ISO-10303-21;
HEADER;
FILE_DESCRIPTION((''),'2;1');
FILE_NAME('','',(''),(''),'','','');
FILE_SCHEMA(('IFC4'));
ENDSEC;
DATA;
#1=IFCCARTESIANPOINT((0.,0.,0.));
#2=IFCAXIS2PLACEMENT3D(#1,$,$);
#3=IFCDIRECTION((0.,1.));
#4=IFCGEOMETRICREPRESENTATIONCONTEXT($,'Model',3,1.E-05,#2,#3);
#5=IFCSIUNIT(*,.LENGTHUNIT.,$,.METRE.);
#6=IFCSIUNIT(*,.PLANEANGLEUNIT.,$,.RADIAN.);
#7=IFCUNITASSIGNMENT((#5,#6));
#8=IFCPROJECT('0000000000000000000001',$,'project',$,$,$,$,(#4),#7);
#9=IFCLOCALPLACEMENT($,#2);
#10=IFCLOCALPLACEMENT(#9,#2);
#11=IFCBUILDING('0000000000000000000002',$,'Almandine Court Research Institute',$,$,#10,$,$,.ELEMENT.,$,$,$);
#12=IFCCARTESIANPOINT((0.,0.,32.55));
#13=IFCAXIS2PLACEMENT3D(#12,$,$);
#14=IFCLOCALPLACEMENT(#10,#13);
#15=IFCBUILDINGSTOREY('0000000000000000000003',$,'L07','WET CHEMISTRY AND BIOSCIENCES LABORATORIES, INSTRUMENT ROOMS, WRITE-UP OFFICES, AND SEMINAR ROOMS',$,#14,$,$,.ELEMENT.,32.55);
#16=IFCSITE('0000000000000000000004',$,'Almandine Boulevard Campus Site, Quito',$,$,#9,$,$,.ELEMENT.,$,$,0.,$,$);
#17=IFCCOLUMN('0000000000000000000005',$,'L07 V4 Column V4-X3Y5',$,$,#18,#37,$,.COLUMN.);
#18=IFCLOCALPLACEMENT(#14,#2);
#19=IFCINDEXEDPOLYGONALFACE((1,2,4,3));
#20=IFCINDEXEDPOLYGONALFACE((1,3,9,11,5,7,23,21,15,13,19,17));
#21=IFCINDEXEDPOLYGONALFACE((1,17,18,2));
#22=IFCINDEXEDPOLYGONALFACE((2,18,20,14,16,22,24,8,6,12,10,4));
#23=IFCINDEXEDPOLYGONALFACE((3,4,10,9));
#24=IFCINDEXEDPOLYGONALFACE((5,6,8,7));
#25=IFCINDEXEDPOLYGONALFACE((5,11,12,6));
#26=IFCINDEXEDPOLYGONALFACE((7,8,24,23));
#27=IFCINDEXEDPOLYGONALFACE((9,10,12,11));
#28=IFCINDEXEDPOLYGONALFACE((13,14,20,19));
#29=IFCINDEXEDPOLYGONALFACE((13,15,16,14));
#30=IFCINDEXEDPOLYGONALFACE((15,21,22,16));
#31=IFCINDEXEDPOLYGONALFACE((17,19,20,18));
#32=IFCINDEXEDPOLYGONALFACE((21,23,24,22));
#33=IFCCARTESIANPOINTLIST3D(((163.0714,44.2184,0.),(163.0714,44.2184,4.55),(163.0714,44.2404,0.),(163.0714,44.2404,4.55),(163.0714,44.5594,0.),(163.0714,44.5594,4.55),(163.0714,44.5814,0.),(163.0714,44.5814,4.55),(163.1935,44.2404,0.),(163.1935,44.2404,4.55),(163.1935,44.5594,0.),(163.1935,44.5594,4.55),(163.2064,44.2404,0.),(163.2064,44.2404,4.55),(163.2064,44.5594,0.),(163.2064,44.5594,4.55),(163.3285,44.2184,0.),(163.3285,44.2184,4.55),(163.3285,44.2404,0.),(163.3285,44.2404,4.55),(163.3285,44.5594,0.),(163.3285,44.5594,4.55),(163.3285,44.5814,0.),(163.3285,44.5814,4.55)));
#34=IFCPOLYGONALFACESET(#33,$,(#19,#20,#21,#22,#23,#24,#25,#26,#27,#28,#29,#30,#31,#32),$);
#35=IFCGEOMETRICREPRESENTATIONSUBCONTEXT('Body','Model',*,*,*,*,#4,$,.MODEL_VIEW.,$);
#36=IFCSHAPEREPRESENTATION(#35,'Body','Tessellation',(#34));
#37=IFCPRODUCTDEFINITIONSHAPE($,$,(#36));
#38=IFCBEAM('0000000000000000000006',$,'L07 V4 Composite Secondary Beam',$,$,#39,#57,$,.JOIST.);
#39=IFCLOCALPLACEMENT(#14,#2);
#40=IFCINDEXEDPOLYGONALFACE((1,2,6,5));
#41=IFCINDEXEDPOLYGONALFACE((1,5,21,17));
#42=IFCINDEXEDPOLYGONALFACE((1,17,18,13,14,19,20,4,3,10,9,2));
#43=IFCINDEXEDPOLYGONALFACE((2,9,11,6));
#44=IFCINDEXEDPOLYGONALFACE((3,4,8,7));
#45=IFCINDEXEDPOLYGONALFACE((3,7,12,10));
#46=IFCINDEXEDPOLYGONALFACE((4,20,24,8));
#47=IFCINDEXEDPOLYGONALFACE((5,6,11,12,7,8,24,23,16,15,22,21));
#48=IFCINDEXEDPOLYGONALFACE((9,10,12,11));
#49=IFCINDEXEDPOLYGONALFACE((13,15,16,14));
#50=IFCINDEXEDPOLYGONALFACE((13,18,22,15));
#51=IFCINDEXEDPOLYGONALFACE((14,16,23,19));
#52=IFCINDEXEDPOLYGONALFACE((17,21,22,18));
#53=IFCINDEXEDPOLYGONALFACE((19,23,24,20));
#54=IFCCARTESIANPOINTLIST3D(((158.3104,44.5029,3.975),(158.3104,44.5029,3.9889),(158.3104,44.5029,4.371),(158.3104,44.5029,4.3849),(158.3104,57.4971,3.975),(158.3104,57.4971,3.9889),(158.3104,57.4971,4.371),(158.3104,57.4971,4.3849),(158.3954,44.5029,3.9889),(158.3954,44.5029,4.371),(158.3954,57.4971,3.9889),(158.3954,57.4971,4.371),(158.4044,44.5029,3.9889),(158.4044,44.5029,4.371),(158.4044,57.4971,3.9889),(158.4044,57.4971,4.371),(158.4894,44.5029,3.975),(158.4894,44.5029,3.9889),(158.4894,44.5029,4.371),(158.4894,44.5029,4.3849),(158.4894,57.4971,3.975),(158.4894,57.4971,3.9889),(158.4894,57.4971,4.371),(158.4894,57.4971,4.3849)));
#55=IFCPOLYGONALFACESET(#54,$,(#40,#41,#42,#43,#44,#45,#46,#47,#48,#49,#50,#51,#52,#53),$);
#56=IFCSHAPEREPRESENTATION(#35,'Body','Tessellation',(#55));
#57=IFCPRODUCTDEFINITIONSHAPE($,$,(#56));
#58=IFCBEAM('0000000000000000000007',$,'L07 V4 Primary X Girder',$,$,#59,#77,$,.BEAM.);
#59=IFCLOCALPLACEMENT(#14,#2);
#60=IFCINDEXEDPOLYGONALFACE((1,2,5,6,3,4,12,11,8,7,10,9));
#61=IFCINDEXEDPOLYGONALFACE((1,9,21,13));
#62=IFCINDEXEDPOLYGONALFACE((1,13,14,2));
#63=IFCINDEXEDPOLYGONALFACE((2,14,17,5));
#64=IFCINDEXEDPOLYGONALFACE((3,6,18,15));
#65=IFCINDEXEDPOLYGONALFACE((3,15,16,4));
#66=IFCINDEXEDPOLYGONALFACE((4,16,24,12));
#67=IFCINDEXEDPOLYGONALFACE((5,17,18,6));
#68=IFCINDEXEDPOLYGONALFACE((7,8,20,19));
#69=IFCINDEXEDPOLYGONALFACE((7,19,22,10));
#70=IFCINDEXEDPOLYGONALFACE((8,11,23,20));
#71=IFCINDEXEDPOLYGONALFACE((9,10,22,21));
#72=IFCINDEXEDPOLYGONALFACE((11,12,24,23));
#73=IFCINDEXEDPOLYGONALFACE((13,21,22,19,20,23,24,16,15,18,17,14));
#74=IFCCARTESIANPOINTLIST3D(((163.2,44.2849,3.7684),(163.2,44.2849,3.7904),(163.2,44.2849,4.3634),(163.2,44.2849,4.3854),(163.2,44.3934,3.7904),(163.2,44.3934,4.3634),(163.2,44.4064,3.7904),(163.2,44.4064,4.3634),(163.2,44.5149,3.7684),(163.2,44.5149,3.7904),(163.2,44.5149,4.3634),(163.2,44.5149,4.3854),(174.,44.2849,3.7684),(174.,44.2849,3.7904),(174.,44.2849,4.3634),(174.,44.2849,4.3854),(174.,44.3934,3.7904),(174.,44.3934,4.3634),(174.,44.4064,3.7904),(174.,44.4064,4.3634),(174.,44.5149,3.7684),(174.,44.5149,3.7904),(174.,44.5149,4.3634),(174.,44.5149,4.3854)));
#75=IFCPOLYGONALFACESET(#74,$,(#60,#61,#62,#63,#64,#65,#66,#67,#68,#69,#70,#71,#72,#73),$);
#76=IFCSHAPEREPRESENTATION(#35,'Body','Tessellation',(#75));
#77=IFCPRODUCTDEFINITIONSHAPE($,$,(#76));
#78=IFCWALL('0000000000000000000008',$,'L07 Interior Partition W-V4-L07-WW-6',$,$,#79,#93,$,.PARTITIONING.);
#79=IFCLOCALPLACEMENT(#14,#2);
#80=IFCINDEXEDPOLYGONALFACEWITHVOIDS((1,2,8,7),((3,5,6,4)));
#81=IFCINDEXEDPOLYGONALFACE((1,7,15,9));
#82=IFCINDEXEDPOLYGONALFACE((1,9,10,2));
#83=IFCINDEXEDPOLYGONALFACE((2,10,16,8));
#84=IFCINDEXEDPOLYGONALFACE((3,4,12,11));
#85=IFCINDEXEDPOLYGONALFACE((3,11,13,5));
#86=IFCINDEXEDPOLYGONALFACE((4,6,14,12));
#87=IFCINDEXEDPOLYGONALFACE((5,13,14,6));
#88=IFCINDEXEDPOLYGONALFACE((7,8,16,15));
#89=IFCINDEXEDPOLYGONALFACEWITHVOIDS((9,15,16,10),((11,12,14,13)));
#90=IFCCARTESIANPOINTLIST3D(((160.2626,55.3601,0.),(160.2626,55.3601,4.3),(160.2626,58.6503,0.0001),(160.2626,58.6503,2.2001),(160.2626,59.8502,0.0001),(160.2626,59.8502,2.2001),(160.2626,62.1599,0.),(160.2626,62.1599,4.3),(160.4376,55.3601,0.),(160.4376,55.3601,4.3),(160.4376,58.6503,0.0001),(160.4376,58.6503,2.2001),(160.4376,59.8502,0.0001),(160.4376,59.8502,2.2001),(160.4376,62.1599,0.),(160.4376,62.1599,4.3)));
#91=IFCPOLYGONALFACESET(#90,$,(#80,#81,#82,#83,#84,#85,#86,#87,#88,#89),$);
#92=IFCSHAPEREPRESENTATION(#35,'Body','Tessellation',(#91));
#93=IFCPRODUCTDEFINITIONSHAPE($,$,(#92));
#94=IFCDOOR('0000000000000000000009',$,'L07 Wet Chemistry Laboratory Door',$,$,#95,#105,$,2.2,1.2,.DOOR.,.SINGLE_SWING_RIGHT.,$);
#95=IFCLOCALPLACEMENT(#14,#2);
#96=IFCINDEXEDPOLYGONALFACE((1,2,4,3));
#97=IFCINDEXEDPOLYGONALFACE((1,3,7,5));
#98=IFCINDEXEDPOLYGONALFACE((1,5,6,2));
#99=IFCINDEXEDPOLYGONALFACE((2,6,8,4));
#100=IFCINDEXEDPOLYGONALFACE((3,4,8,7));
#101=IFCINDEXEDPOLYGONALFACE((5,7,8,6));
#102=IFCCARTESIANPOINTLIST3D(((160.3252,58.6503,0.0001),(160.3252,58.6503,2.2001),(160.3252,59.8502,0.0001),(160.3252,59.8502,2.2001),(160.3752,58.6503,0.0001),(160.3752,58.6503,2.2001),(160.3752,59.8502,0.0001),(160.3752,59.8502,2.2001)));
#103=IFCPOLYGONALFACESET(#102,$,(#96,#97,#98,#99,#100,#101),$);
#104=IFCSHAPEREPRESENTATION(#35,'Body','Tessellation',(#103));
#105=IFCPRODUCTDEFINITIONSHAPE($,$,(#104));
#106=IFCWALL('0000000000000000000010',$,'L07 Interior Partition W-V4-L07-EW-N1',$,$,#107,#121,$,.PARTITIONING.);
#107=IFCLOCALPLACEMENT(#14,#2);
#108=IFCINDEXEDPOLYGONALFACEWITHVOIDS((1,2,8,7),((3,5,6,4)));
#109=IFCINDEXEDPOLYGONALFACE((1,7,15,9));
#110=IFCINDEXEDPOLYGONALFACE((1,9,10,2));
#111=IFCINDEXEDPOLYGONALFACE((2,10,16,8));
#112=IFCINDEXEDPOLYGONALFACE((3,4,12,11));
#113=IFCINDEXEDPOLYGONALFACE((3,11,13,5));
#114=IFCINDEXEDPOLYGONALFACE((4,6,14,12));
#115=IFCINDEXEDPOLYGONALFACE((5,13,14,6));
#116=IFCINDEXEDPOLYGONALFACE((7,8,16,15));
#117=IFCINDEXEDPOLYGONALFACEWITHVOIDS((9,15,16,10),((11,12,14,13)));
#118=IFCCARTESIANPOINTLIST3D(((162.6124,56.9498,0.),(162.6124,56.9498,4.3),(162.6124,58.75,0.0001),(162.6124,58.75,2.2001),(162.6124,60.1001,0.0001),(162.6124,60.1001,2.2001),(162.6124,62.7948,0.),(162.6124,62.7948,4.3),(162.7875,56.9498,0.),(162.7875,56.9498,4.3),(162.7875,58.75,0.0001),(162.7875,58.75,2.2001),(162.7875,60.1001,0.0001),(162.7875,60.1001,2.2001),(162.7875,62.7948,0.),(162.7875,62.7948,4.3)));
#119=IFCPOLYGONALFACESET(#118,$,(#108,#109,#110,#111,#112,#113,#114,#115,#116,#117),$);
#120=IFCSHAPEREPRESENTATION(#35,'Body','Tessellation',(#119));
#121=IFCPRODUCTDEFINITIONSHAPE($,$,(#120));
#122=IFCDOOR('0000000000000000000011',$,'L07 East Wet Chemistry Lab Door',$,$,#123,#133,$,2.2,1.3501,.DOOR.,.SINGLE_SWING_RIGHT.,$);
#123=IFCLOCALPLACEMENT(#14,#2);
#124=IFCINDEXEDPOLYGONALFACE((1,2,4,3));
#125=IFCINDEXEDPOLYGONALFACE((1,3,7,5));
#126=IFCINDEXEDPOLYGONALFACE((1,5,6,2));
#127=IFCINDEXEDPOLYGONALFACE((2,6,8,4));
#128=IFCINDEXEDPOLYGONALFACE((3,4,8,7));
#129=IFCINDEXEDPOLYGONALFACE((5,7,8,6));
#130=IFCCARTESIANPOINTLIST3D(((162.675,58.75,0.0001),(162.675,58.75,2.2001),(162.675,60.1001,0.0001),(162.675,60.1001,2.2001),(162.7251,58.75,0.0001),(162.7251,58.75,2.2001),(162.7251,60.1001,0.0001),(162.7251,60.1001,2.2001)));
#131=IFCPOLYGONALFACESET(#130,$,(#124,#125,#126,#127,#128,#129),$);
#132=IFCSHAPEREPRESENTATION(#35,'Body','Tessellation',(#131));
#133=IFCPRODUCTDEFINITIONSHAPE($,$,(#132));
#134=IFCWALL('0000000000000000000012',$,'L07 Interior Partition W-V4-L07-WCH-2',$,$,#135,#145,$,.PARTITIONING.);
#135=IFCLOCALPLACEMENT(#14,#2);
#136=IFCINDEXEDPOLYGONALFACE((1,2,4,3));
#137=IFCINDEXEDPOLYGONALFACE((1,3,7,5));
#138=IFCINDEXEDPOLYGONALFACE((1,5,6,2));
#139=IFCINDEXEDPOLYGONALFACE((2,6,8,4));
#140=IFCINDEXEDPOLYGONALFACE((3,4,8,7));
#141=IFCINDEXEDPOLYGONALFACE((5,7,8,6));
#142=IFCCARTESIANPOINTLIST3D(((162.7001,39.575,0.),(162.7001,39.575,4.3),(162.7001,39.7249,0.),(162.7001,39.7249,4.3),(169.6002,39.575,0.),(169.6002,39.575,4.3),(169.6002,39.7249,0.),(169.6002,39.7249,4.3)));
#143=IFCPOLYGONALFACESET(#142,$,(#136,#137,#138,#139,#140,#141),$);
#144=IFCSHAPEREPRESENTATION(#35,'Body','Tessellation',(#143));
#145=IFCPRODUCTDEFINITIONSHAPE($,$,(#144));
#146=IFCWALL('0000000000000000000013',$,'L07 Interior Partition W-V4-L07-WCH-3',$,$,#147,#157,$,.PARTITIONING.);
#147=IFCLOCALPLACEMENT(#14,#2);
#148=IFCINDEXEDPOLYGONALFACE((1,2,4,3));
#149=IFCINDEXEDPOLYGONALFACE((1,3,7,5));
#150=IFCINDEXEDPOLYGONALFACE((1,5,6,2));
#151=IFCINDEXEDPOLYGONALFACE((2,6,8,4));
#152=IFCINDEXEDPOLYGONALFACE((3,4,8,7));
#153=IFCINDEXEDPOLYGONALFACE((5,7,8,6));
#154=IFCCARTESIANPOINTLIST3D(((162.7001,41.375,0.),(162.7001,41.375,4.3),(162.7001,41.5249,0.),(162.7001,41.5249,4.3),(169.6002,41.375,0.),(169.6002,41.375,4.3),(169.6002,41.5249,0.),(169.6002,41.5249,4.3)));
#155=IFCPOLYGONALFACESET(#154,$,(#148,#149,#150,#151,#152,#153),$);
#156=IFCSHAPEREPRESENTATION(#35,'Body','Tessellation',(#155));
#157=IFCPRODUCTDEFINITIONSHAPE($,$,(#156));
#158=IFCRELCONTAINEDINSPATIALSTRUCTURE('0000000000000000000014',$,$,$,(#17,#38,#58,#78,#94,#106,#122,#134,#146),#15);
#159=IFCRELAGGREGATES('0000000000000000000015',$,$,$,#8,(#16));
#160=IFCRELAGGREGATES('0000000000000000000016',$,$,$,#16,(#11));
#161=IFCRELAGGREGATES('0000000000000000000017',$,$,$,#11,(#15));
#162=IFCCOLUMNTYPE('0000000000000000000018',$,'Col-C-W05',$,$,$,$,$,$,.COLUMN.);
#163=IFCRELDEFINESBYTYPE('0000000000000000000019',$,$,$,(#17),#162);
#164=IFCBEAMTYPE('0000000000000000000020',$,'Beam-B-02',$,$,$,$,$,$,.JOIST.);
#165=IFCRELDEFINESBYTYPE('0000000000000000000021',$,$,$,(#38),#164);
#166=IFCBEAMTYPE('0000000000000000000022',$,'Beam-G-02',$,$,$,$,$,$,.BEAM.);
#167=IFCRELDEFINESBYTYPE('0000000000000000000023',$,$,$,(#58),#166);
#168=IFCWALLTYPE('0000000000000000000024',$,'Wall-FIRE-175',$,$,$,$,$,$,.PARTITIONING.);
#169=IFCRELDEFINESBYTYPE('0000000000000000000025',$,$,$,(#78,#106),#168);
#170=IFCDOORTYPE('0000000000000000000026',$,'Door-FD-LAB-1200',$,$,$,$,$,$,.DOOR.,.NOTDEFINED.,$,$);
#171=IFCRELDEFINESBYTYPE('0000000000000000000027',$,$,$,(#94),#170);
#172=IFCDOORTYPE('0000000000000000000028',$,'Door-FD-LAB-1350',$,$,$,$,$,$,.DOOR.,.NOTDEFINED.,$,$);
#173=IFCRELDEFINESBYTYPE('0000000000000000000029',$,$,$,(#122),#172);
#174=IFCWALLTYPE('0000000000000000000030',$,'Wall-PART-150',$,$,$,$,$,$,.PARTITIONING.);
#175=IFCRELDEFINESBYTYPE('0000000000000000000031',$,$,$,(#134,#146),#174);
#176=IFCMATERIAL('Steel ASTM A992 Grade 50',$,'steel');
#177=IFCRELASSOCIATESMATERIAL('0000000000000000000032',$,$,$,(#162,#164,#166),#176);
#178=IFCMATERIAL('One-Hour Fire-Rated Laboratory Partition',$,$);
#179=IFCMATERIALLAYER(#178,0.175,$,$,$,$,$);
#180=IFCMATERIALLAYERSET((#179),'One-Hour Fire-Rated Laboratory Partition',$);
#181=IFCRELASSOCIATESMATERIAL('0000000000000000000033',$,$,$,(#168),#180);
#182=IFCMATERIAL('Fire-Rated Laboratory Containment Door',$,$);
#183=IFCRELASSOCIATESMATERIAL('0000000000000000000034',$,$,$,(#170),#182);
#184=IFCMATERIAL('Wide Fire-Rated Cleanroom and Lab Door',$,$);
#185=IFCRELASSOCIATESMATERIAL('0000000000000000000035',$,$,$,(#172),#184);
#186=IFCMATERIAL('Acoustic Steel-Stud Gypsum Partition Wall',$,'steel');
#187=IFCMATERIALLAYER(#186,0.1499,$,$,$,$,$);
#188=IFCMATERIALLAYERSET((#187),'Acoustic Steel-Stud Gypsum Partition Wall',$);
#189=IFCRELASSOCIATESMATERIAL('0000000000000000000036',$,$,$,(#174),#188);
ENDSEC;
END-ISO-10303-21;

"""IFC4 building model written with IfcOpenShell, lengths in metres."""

from ifc_helpers import new_model, si_unit, direction, frame, frame_2d, origin, origin_2d, place, context, subcontext, project, spatial, rectangle, i_section, extrude, material, layer, layer_set, material_profile, profile_set, type_object, element, fill, save


model = new_model("IFC4")

# Units and contexts
model_context = context("Model", 3, precision=1e-05, world=origin(), true_north=direction((0.0, 1.0)))
body_context = subcontext(model_context, "Body", "Model", "MODEL_VIEW")
ifc_project = project(units=[si_unit("LENGTHUNIT", "METRE"), si_unit("PLANEANGLEUNIT", "RADIAN")], contexts=[model_context])

# Site, building, storey
site_placement = place(None, origin())
site = spatial("IfcSite", under=ifc_project, at=site_placement, Name="Almandine Boulevard Campus Site, Quito", CompositionType="ELEMENT", RefElevation=0.0)
building_placement = place(site_placement, origin())
building = spatial("IfcBuilding", under=site, at=building_placement, Name="Almandine Court Research Institute", CompositionType="ELEMENT")
storey_placement = place(building_placement, frame((0.0, 0.0, 32.55)))
storey = spatial("IfcBuildingStorey", under=building, at=storey_placement, Name="L07", Description="WET CHEMISTRY AND BIOSCIENCES LABORATORIES, INSTRUMENT ROOMS, WRITE-UP OFFICES, AND SEMINAR ROOMS", CompositionType="ELEMENT", Elevation=32.55)

# Column
ifc_material_1 = material(Name="Steel ASTM A992 Grade 50", Category="steel")
ifc_material_profile_1 = material_profile(ifc_material_1, i_section(OverallWidth=0.2571, OverallDepth=0.363, WebThickness=0.0129, FlangeThickness=0.022, at=origin_2d()), Name="W360x122")
ifc_profile_set_1 = profile_set([ifc_material_profile_1], Name="Steel ASTM A992 Grade 50")
column_type = type_object("IfcColumnType", Name="Col-C-W05", PredefinedType="COLUMN", material=ifc_profile_set_1)
column_placement = place(storey_placement, frame((163.2, 44.3999, 0.0), z_axis=(0.0, 0.0, 1.0), x_axis=(1.0, 0.0, 0.0)))
element("IfcColumn", 1, at=column_placement, inside=storey, type_object=column_type, Name="L07 V4 Column V4-X3Y5", PredefinedType="COLUMN", context=body_context, shape_type="SweptSolid", body=[
    extrude(i_section(OverallWidth=0.2571, OverallDepth=0.363, WebThickness=0.0129, FlangeThickness=0.022, at=origin_2d()), origin(), (0.0, 0.0, 1.0), 4.55),
])

# Beams
ifc_material_profile_2 = material_profile(ifc_material_1, i_section(OverallWidth=0.179, OverallDepth=0.4099, WebThickness=0.009, FlangeThickness=0.0139, at=origin_2d()), Name="W410x67")
ifc_profile_set_2 = profile_set([ifc_material_profile_2], Name="Steel ASTM A992 Grade 50")
beam_type_1 = type_object("IfcBeamType", Name="Beam-B-02", PredefinedType="JOIST", material=ifc_profile_set_2)
beam_1_placement = place(storey_placement, frame((158.3999, 44.5029, 4.1799), z_axis=(0.0, 1.0, 0.0), x_axis=(-1.0, 0.0, 0.0)))
element("IfcBeam", 2, at=beam_1_placement, inside=storey, type_object=beam_type_1, Name="L07 V4 Composite Secondary Beam", PredefinedType="JOIST", context=body_context, shape_type="SweptSolid", body=[
    extrude(i_section(OverallWidth=0.179, OverallDepth=0.4099, WebThickness=0.009, FlangeThickness=0.0139, at=origin_2d()), origin(), (0.0, 0.0, 1.0), 12.9941),
])
ifc_material_profile_3 = material_profile(ifc_material_1, i_section(OverallWidth=0.23, OverallDepth=0.6169, WebThickness=0.0129, FlangeThickness=0.022, at=origin_2d()), Name="W610x140")
ifc_profile_set_3 = profile_set([ifc_material_profile_3], Name="Steel ASTM A992 Grade 50")
beam_type_2 = type_object("IfcBeamType", Name="Beam-G-02", PredefinedType="BEAM", material=ifc_profile_set_3)
beam_2_placement = place(storey_placement, frame((163.2, 44.3999, 4.0769), z_axis=(1.0, 0.0, 0.0), x_axis=(0.0, 1.0, 0.0)))
element("IfcBeam", 3, at=beam_2_placement, inside=storey, type_object=beam_type_2, Name="L07 V4 Primary X Girder", PredefinedType="BEAM", context=body_context, shape_type="SweptSolid", body=[
    extrude(i_section(OverallWidth=0.23, OverallDepth=0.6169, WebThickness=0.0129, FlangeThickness=0.022, at=origin_2d()), origin(), (0.0, 0.0, 1.0), 10.8),
])

# Walls, openings, doors
ifc_material_2 = material(Name="One-Hour Fire-Rated Laboratory Partition")
ifc_layer_1 = layer(ifc_material_2, 0.175)
ifc_layer_set_1 = layer_set([ifc_layer_1], Name="One-Hour Fire-Rated Laboratory Partition")
wall_type_1 = type_object("IfcWallType", Name="Wall-FIRE-175", PredefinedType="PARTITIONING", material=ifc_layer_set_1)
wall_1_placement = place(storey_placement, frame((160.3501, 55.3601, 0.0), z_axis=(0.0, 0.0, 1.0), x_axis=(0.0, 1.0, 0.0)))
wall_1 = element("IfcWall", 4, at=wall_1_placement, inside=storey, type_object=wall_type_1, Name="L07 Interior Partition W-V4-L07-WW-6", PredefinedType="PARTITIONING", context=body_context, shape_type="SweptSolid", body=[
    extrude(rectangle(XDim=6.7998, YDim=0.175, at=frame_2d((3.3999, 0.0))), origin(), (0.0, 0.0, 1.0), 4.3),
])
opening_1_placement = place(wall_1_placement, frame((3.29, 0.0, 0.0)))
opening_1 = element("IfcOpeningElement", 5, at=opening_1_placement, cuts=wall_1, PredefinedType="OPENING", context=body_context, shape_type="SweptSolid", body=[
    extrude(rectangle(XDim=1.2, YDim=2.2, at=frame_2d((0.6001, 1.1001))), frame((0.0, 0.0974, 0.0), z_axis=(0.0, -1.0, 0.0), x_axis=(1.0, 0.0, 0.0)), (0.0, 0.0, 1.0), 0.1951),
])
ifc_material_3 = material(Name="Fire-Rated Laboratory Containment Door")
door_type_1 = type_object("IfcDoorType", Name="Door-FD-LAB-1200", OperationType="NOTDEFINED", PredefinedType="DOOR", material=ifc_material_3)
door_1_placement = place(opening_1_placement, origin())
door_1 = element("IfcDoor", 6, at=door_1_placement, inside=storey, type_object=door_type_1, Name="L07 Wet Chemistry Laboratory Door", OperationType="SINGLE_SWING_RIGHT", OverallHeight=2.2, OverallWidth=1.2, PredefinedType="DOOR", context=body_context, shape_type="SweptSolid", body=[
    extrude(rectangle(XDim=1.2, YDim=2.2, at=frame_2d((0.6001, 1.1001))), frame((0.0, 0.0249, 0.0), z_axis=(0.0, -1.0, 0.0), x_axis=(1.0, 0.0, 0.0)), (0.0, 0.0, 1.0), 0.05),
])
fill(opening_1, door_1)
wall_2_placement = place(storey_placement, frame((162.7, 56.95, 0.0), z_axis=(0.0, 0.0, 1.0), x_axis=(0.0, 1.0, 0.0)))
wall_2 = element("IfcWall", 7, at=wall_2_placement, inside=storey, type_object=wall_type_1, Name="L07 Interior Partition W-V4-L07-EW-N1", PredefinedType="PARTITIONING", context=body_context, shape_type="SweptSolid", body=[
    extrude(rectangle(XDim=5.845, YDim=0.175, at=frame_2d((2.9224, 0.0))), origin(), (0.0, 0.0, 1.0), 4.3),
])
opening_2_placement = place(wall_2_placement, frame((1.8, 0.0, 0.0)))
opening_2 = element("IfcOpeningElement", 8, at=opening_2_placement, cuts=wall_2, PredefinedType="OPENING", context=body_context, shape_type="SweptSolid", body=[
    extrude(rectangle(XDim=1.3501, YDim=2.2, at=frame_2d((0.675, 1.1001))), frame((0.0, 0.0974, 0.0), z_axis=(0.0, -1.0, 0.0), x_axis=(1.0, 0.0, 0.0)), (0.0, 0.0, 1.0), 0.1951),
])
ifc_material_4 = material(Name="Wide Fire-Rated Cleanroom and Lab Door")
door_type_2 = type_object("IfcDoorType", Name="Door-FD-LAB-1350", OperationType="NOTDEFINED", PredefinedType="DOOR", material=ifc_material_4)
door_2_placement = place(opening_2_placement, origin())
door_2 = element("IfcDoor", 9, at=door_2_placement, inside=storey, type_object=door_type_2, Name="L07 East Wet Chemistry Lab Door", OperationType="SINGLE_SWING_RIGHT", OverallHeight=2.2, OverallWidth=1.3501, PredefinedType="DOOR", context=body_context, shape_type="SweptSolid", body=[
    extrude(rectangle(XDim=1.3501, YDim=2.2, at=frame_2d((0.675, 1.1001))), frame((0.0, 0.0249, 0.0), z_axis=(0.0, -1.0, 0.0), x_axis=(1.0, 0.0, 0.0)), (0.0, 0.0, 1.0), 0.05),
])
fill(opening_2, door_2)

# Walls
ifc_material_5 = material(Name="Acoustic Steel-Stud Gypsum Partition Wall", Category="steel")
ifc_layer_2 = layer(ifc_material_5, 0.1499)
ifc_layer_set_2 = layer_set([ifc_layer_2], Name="Acoustic Steel-Stud Gypsum Partition Wall")
wall_type_2 = type_object("IfcWallType", Name="Wall-PART-150", PredefinedType="PARTITIONING", material=ifc_layer_set_2)
for number, where, z_axis, x_axis, name in (
    (10, (162.7, 39.6499, 0.0), (0.0, 0.0, 1.0), (1.0, 0.0, 0.0), "L07 Interior Partition W-V4-L07-WCH-2"),
    (11, (162.7, 41.45, 0.0), (0.0, 0.0, 1.0), (1.0, 0.0, 0.0), "L07 Interior Partition W-V4-L07-WCH-3"),
):
    element("IfcWall", number, at=place(storey_placement, frame(where, z_axis=z_axis, x_axis=x_axis)), inside=storey, type_object=wall_type_2, Name=name, PredefinedType="PARTITIONING", context=body_context, shape_type="SweptSolid", body=[
        extrude(rectangle(XDim=6.9001, YDim=0.1499, at=frame_2d((3.4502, 0.0))), origin(), (0.0, 0.0, 1.0), 4.3),
    ])

save(model, "model.ifc")
